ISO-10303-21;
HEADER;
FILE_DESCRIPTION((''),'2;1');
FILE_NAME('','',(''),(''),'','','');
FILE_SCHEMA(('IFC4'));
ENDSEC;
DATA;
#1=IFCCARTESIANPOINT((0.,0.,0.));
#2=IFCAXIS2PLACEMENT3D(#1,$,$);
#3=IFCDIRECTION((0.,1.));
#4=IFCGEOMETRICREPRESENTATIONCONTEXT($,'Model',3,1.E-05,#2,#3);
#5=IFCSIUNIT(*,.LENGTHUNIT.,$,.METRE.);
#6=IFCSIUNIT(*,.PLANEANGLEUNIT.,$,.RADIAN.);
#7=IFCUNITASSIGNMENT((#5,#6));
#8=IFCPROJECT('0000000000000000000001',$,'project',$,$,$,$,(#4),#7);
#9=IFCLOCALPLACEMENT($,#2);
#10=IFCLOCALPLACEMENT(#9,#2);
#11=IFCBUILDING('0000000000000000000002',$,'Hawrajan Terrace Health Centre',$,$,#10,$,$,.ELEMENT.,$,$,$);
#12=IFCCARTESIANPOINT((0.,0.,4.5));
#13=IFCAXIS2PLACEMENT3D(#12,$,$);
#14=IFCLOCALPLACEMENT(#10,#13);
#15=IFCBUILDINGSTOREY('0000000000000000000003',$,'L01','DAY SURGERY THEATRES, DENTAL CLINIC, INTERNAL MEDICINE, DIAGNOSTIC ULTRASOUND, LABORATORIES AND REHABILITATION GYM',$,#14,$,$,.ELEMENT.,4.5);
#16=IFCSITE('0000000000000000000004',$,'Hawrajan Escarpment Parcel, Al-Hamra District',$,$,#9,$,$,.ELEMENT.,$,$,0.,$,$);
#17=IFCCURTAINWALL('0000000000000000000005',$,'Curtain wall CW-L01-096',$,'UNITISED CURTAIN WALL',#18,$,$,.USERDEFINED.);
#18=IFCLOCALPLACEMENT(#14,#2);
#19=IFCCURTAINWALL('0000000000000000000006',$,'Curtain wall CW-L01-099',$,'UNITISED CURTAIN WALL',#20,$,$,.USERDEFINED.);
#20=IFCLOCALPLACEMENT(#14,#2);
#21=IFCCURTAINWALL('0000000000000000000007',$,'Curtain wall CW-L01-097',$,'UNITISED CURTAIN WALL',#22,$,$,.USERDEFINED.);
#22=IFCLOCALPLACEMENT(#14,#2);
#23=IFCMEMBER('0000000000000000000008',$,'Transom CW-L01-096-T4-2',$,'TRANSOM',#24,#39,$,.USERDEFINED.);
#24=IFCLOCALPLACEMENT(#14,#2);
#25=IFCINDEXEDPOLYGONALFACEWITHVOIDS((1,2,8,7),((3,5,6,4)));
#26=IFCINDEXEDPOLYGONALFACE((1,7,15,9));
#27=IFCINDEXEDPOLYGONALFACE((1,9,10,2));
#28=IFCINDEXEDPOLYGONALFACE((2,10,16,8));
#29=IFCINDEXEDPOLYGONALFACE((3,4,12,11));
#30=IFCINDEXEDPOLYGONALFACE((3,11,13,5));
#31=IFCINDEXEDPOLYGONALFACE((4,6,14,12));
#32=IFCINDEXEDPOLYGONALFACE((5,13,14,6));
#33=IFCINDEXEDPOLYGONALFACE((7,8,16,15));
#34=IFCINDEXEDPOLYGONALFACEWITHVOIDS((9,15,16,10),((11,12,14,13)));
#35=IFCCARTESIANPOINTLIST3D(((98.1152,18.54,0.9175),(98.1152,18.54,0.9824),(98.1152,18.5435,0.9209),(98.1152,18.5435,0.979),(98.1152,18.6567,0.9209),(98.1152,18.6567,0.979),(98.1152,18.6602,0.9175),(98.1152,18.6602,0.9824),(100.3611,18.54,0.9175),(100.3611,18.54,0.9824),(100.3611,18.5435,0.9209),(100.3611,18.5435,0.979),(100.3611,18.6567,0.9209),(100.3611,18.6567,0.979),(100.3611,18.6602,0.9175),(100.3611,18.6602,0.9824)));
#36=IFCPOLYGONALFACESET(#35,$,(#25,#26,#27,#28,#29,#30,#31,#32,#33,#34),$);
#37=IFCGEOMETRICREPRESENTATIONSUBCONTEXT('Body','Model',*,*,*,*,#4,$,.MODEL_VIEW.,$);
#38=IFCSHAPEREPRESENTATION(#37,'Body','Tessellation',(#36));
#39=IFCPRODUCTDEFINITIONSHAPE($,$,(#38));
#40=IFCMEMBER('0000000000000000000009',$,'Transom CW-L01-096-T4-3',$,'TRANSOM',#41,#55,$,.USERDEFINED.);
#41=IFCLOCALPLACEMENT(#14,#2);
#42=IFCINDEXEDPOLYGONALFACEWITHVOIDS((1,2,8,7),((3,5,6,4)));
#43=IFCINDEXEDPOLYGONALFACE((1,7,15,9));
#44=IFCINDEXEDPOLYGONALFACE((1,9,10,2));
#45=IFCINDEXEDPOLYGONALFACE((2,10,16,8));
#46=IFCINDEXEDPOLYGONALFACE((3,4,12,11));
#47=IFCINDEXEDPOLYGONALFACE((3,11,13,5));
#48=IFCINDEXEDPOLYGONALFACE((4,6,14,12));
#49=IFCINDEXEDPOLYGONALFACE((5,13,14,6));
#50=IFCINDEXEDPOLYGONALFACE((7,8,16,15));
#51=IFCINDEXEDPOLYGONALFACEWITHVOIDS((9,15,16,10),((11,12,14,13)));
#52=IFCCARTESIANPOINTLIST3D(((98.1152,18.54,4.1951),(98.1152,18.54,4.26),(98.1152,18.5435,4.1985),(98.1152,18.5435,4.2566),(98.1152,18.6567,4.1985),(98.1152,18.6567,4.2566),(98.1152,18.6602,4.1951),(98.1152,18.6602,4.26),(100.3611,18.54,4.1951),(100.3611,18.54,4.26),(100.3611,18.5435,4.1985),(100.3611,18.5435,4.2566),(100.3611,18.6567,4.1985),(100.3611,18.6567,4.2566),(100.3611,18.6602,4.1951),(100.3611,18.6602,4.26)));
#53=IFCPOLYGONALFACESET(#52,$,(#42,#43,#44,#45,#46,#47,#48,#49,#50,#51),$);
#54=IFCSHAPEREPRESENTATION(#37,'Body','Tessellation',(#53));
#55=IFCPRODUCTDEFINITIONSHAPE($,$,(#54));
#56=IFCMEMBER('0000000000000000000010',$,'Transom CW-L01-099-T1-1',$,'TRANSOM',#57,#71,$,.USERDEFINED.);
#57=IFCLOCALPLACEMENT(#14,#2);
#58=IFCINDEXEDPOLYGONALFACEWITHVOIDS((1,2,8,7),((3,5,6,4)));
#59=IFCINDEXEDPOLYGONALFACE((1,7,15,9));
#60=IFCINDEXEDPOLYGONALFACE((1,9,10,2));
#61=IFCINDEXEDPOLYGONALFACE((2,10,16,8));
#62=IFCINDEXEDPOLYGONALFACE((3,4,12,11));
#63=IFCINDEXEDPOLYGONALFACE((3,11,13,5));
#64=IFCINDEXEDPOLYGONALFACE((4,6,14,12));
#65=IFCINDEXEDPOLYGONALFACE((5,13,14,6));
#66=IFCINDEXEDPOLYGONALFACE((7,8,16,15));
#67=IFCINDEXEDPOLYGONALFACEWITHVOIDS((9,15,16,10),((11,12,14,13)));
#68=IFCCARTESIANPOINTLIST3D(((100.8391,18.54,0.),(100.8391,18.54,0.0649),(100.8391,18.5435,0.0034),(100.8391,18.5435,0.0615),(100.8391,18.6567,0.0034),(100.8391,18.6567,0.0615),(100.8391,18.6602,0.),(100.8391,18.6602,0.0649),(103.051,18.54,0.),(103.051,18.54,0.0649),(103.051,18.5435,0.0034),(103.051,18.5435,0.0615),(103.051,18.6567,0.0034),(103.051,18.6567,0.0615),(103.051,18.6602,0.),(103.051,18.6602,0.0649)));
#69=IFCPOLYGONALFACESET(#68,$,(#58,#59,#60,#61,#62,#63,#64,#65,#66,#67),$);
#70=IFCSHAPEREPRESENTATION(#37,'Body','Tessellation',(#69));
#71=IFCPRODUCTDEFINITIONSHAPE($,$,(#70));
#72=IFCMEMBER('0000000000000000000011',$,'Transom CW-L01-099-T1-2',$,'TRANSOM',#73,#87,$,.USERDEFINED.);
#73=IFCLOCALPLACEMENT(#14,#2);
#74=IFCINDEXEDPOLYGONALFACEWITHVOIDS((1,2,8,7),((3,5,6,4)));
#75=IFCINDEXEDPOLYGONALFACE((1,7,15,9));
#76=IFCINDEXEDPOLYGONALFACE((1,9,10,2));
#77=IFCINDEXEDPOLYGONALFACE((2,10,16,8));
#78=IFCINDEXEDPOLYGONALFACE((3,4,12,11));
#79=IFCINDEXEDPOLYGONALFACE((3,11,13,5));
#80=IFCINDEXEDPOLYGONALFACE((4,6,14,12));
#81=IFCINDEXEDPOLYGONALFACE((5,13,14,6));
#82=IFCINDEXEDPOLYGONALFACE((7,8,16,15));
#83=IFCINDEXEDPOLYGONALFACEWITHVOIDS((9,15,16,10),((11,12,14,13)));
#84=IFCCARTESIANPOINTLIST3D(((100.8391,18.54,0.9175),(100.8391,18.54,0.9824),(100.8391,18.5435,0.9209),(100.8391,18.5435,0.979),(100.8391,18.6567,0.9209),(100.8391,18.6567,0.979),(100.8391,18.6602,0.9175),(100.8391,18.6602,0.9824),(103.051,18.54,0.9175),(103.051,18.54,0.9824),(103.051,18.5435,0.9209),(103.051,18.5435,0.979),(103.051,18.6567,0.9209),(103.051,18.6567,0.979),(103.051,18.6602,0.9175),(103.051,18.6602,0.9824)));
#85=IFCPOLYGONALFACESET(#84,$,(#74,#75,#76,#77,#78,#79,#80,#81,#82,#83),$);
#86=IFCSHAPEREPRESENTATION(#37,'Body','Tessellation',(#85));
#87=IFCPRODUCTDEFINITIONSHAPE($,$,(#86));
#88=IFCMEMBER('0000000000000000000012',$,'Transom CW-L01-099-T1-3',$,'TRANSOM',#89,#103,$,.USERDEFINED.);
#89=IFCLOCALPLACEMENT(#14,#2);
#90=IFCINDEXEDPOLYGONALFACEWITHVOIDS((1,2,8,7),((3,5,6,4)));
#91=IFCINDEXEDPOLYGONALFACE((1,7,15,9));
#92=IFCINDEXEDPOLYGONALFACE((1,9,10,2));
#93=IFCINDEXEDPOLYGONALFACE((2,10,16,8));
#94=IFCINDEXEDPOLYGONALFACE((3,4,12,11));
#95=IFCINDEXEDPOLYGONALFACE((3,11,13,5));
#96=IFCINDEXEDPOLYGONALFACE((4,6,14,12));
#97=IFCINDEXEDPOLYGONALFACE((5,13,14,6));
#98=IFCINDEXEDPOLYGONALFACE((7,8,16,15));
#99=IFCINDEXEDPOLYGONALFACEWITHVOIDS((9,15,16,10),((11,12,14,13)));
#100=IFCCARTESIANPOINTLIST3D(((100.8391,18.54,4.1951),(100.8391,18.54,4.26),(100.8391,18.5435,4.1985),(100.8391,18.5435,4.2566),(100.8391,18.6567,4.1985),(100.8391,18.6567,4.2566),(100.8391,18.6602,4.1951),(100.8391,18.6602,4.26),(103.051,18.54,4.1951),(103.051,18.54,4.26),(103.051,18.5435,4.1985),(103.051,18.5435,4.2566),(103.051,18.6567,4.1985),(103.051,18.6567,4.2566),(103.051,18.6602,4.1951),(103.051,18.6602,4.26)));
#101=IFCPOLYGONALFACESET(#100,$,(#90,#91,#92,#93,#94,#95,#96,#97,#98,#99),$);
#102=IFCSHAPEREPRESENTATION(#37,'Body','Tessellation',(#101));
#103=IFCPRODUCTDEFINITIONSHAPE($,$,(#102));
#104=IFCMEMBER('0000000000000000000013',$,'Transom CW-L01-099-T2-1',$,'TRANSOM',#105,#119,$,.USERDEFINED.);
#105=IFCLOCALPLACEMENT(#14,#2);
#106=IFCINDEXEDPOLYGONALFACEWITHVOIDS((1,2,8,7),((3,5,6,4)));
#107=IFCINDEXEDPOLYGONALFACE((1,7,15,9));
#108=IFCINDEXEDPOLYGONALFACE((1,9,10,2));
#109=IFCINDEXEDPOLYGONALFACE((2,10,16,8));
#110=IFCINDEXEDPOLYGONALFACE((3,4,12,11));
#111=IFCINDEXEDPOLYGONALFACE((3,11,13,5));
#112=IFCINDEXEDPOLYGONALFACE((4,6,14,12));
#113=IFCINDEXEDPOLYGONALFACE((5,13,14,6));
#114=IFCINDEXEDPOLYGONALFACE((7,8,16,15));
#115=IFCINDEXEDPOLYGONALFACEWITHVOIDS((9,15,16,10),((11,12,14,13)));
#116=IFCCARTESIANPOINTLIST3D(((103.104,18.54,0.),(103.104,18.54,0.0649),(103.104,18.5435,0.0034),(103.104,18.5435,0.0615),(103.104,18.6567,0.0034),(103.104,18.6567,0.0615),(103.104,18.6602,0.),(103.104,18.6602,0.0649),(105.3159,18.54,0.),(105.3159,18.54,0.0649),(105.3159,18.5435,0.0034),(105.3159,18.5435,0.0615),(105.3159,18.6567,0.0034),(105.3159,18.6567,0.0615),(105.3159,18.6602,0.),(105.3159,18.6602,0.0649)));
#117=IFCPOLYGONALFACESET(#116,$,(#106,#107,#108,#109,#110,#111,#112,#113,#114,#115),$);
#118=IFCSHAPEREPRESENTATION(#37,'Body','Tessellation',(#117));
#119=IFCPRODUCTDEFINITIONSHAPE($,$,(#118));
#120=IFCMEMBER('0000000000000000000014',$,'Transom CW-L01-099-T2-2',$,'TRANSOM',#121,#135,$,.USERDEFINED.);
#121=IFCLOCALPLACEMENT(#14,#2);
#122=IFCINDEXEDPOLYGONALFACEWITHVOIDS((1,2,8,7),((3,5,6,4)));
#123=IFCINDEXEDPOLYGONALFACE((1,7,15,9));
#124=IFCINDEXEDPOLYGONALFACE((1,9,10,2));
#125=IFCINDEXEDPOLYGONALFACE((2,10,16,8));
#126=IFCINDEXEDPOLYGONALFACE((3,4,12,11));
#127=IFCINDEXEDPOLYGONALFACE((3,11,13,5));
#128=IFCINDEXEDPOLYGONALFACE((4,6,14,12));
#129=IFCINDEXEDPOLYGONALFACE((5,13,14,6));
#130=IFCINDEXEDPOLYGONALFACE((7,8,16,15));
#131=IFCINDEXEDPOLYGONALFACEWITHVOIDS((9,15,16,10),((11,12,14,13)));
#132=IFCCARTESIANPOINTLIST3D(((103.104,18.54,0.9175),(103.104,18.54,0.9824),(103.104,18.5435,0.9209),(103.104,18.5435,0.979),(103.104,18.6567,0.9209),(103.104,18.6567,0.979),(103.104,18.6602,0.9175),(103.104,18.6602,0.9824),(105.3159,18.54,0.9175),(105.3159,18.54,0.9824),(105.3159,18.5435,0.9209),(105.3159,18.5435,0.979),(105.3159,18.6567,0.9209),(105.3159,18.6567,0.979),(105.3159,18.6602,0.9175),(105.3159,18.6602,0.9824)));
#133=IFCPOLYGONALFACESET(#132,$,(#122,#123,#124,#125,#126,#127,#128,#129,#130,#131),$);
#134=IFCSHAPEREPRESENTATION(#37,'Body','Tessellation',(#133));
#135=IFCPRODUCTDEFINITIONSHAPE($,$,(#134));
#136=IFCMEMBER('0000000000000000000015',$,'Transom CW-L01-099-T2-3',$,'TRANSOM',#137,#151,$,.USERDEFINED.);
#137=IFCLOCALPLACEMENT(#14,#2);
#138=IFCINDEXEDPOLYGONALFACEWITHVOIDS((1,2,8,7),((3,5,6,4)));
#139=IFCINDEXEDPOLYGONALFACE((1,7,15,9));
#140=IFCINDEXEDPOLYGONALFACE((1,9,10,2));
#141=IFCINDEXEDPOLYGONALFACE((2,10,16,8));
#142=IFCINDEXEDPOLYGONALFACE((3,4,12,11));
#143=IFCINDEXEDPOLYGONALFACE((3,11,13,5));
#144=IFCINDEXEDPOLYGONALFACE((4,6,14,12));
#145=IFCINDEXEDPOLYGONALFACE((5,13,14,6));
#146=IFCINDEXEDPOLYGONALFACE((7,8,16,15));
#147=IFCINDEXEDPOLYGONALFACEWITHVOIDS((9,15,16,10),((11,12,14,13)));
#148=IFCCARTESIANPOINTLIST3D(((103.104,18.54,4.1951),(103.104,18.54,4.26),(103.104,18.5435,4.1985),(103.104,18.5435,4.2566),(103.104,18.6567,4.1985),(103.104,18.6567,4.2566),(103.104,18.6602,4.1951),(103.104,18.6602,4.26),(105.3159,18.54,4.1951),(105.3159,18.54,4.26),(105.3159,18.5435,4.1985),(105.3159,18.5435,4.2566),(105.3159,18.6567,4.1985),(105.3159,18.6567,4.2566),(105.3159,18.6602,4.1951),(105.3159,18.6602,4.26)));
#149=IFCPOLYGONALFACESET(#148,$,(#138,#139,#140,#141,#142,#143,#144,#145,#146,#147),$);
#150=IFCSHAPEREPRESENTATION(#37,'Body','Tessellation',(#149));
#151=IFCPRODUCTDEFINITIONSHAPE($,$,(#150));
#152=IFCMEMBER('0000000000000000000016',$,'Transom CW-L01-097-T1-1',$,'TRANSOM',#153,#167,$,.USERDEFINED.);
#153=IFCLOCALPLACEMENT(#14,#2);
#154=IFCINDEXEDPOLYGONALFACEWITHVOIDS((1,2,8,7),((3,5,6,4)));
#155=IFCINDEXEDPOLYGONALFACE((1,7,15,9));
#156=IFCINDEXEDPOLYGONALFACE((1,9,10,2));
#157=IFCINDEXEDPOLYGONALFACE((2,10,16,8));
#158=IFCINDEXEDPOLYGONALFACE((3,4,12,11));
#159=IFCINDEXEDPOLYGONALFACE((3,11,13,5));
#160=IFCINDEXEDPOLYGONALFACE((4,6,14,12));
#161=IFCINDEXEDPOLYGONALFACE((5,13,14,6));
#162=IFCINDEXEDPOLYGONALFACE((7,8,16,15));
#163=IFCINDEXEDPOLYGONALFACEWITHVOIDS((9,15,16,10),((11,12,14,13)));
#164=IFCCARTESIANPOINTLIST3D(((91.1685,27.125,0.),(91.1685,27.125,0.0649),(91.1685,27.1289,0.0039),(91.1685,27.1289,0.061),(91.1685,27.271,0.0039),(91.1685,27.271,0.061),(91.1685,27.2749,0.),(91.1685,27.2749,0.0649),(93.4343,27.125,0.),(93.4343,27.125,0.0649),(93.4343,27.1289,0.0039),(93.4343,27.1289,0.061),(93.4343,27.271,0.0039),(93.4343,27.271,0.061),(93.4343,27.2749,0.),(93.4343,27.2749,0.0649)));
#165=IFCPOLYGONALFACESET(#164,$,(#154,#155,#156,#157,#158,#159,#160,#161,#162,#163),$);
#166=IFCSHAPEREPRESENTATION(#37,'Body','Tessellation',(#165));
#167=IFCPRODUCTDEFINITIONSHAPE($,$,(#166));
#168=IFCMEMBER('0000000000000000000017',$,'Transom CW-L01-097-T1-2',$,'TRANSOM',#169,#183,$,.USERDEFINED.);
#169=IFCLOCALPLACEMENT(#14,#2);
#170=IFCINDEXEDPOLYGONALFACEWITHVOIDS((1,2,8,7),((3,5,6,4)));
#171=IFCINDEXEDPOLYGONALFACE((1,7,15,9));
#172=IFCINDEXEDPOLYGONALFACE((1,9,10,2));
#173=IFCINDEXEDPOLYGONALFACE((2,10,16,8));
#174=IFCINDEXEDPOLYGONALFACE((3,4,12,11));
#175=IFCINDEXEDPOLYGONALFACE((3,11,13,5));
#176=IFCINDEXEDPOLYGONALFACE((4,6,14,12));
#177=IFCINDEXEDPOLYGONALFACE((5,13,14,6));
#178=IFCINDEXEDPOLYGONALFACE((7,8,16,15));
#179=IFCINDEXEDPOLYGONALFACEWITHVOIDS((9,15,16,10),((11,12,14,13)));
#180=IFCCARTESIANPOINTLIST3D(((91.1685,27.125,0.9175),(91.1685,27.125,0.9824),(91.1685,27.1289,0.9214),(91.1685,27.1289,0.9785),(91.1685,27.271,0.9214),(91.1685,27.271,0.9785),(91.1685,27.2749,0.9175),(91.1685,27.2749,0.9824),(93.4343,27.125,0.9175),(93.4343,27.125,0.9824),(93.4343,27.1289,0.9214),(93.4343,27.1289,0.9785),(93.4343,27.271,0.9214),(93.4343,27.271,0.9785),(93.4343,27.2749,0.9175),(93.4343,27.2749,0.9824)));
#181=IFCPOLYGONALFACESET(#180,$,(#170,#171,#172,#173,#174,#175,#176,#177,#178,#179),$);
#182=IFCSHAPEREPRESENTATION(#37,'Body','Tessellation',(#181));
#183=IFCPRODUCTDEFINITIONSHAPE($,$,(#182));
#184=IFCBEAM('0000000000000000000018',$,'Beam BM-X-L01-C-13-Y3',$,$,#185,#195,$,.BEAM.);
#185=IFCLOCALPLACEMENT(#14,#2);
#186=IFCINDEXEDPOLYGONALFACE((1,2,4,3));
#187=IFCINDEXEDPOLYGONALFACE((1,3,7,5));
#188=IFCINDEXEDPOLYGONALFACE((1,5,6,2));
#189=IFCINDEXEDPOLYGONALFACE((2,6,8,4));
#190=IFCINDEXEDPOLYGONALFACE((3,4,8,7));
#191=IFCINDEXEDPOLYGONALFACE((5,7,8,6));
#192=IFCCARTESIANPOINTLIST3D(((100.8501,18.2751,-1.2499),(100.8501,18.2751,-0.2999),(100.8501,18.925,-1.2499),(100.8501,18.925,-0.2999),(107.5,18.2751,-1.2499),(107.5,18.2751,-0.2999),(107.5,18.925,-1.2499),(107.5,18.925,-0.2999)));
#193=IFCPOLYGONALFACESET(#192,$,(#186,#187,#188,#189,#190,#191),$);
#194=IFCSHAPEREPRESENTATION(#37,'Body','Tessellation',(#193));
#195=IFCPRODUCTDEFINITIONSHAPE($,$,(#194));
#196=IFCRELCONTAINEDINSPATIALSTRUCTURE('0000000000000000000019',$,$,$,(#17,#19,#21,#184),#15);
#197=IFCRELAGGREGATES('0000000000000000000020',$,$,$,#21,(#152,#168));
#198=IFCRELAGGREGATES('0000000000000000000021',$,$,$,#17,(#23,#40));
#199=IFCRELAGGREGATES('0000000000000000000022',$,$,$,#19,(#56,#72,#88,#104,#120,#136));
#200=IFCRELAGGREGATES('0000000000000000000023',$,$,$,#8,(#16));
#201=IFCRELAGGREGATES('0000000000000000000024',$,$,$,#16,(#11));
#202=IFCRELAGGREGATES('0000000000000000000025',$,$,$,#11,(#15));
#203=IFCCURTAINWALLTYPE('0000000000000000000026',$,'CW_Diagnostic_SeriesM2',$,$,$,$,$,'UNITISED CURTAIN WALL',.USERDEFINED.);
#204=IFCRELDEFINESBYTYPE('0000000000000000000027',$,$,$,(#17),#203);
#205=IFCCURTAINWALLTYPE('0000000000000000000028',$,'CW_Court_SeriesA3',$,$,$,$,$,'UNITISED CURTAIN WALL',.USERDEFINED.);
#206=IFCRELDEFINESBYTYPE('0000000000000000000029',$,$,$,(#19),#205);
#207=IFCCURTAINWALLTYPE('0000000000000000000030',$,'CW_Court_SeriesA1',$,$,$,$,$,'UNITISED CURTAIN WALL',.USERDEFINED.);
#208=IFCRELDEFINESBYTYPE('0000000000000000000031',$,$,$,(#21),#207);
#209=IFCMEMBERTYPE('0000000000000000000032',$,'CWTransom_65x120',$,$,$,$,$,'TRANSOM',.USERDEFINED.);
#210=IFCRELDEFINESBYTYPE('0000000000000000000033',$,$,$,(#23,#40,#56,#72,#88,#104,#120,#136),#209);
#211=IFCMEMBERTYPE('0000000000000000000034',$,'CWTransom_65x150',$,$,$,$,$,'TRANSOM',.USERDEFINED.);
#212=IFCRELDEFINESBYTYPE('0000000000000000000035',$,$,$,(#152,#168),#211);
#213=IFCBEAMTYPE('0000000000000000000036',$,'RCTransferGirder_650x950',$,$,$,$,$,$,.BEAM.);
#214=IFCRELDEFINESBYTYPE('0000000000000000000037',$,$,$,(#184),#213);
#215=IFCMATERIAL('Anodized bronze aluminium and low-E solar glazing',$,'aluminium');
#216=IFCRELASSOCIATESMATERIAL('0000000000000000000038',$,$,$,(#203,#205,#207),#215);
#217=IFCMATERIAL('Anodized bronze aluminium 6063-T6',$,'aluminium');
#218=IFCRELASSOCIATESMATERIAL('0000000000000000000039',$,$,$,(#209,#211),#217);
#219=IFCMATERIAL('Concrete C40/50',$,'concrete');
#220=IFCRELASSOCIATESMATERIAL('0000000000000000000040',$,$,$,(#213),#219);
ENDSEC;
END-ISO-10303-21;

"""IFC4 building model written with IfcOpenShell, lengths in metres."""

from ifc_helpers import new_model, si_unit, direction, frame, origin, origin_2d, place, context, subcontext, project, spatial, rectangle, hollow_rectangle, extrude, material, material_profile, profile_set, type_object, element, aggregate, save


model = new_model("IFC4")

# Units and contexts
model_context = context("Model", 3, precision=1e-05, world=origin(), true_north=direction((0.0, 1.0)))
body_context = subcontext(model_context, "Body", "Model", "MODEL_VIEW")
ifc_project = project(units=[si_unit("LENGTHUNIT", "METRE"), si_unit("PLANEANGLEUNIT", "RADIAN")], contexts=[model_context])

# Site, building, storey
site_placement = place(None, origin())
site = spatial("IfcSite", under=ifc_project, at=site_placement, Name="Hawrajan Escarpment Parcel, Al-Hamra District", CompositionType="ELEMENT", RefElevation=0.0)
building_placement = place(site_placement, origin())
building = spatial("IfcBuilding", under=site, at=building_placement, Name="Hawrajan Terrace Health Centre", CompositionType="ELEMENT")
storey_placement = place(building_placement, frame((0.0, 0.0, 4.5)))
storey = spatial("IfcBuildingStorey", under=building, at=storey_placement, Name="L01", Description="DAY SURGERY THEATRES, DENTAL CLINIC, INTERNAL MEDICINE, DIAGNOSTIC ULTRASOUND, LABORATORIES AND REHABILITATION GYM", CompositionType="ELEMENT", Elevation=4.5)

# Curtain walls
ifc_material_1 = material(Name="Anodized bronze aluminium and low-E solar glazing", Category="aluminium")
curtain_wall_type_1 = type_object("IfcCurtainWallType", Name="CW_Diagnostic_SeriesM2", ElementType="UNITISED CURTAIN WALL", PredefinedType="USERDEFINED", material=ifc_material_1)
curtain_wall_1_placement = place(storey_placement, origin())
curtain_wall_1 = element("IfcCurtainWall", 1, at=curtain_wall_1_placement, inside=storey, type_object=curtain_wall_type_1, Name="Curtain wall CW-L01-096", ObjectType="UNITISED CURTAIN WALL", PredefinedType="USERDEFINED")
ifc_material_2 = material(Name="Anodized bronze aluminium 6063-T6", Category="aluminium")
curtain_wall_type_2 = type_object("IfcCurtainWallType", Name="CW_Court_SeriesA3", ElementType="UNITISED CURTAIN WALL", PredefinedType="USERDEFINED", material=ifc_material_1)
curtain_wall_2_placement = place(storey_placement, origin())
curtain_wall_2 = element("IfcCurtainWall", 2, at=curtain_wall_2_placement, inside=storey, type_object=curtain_wall_type_2, Name="Curtain wall CW-L01-099", ObjectType="UNITISED CURTAIN WALL", PredefinedType="USERDEFINED")

# Curtain wall
curtain_wall_type_3 = type_object("IfcCurtainWallType", Name="CW_Court_SeriesA1", ElementType="UNITISED CURTAIN WALL", PredefinedType="USERDEFINED", material=ifc_material_1)
curtain_wall_3_placement = place(storey_placement, origin())
curtain_wall_3 = element("IfcCurtainWall", 3, at=curtain_wall_3_placement, inside=storey, type_object=curtain_wall_type_3, Name="Curtain wall CW-L01-097", ObjectType="UNITISED CURTAIN WALL", PredefinedType="USERDEFINED")

# Members
ifc_material_profile_1 = material_profile(ifc_material_2, hollow_rectangle(XDim=0.0649, YDim=0.1201, WallThickness=0.0034, at=origin_2d()), Name="CW TRN 65x120")
ifc_profile_set_1 = profile_set([ifc_material_profile_1], Name="Anodized bronze aluminium 6063-T6")
member_type_1 = type_object("IfcMemberType", Name="CWTransom_65x120", ElementType="TRANSOM", PredefinedType="USERDEFINED", material=ifc_profile_set_1)
member_1_placement = place(storey_placement, frame((98.1152, 18.6001, 0.95), z_axis=(1.0, 0.0, 0.0), x_axis=(0.0, 0.0, 1.0)))
member_1 = element("IfcMember", 4, at=member_1_placement, type_object=member_type_1, Name="Transom CW-L01-096-T4-2", ObjectType="TRANSOM", PredefinedType="USERDEFINED", context=body_context, shape_type="SweptSolid", body=[
    extrude(hollow_rectangle(XDim=0.0649, YDim=0.1201, WallThickness=0.0034, at=origin_2d()), origin(), (0.0, 0.0, 1.0), 2.2458),
])
member_2_placement = place(storey_placement, frame((98.1152, 18.6001, 4.2275), z_axis=(1.0, 0.0, 0.0), x_axis=(0.0, 0.0, 1.0)))
member_2 = element("IfcMember", 5, at=member_2_placement, type_object=member_type_1, Name="Transom CW-L01-096-T4-3", ObjectType="TRANSOM", PredefinedType="USERDEFINED", context=body_context, shape_type="SweptSolid", body=[
    extrude(hollow_rectangle(XDim=0.0649, YDim=0.1201, WallThickness=0.0034, at=origin_2d()), origin(), (0.0, 0.0, 1.0), 2.2458),
])
member_3_placement = place(storey_placement, frame((100.8391, 18.6001, 0.0325), z_axis=(1.0, 0.0, 0.0), x_axis=(0.0, 0.0, 1.0)))
member_3 = element("IfcMember", 6, at=member_3_placement, type_object=member_type_1, Name="Transom CW-L01-099-T1-1", ObjectType="TRANSOM", PredefinedType="USERDEFINED", context=body_context, shape_type="SweptSolid", body=[
    extrude(hollow_rectangle(XDim=0.0649, YDim=0.1201, WallThickness=0.0034, at=origin_2d()), origin(), (0.0, 0.0, 1.0), 2.2119),
])
member_4_placement = place(storey_placement, frame((100.8391, 18.6001, 0.95), z_axis=(1.0, 0.0, 0.0), x_axis=(0.0, 0.0, 1.0)))
member_4 = element("IfcMember", 7, at=member_4_placement, type_object=member_type_1, Name="Transom CW-L01-099-T1-2", ObjectType="TRANSOM", PredefinedType="USERDEFINED", context=body_context, shape_type="SweptSolid", body=[
    extrude(hollow_rectangle(XDim=0.0649, YDim=0.1201, WallThickness=0.0034, at=origin_2d()), origin(), (0.0, 0.0, 1.0), 2.2119),
])
member_5_placement = place(storey_placement, frame((100.8391, 18.6001, 4.2275), z_axis=(1.0, 0.0, 0.0), x_axis=(0.0, 0.0, 1.0)))
member_5 = element("IfcMember", 8, at=member_5_placement, type_object=member_type_1, Name="Transom CW-L01-099-T1-3", ObjectType="TRANSOM", PredefinedType="USERDEFINED", context=body_context, shape_type="SweptSolid", body=[
    extrude(hollow_rectangle(XDim=0.0649, YDim=0.1201, WallThickness=0.0034, at=origin_2d()), origin(), (0.0, 0.0, 1.0), 2.2119),
])
member_6_placement = place(storey_placement, frame((103.104, 18.6001, 0.0325), z_axis=(1.0, 0.0, 0.0), x_axis=(0.0, 0.0, 1.0)))
member_6 = element("IfcMember", 9, at=member_6_placement, type_object=member_type_1, Name="Transom CW-L01-099-T2-1", ObjectType="TRANSOM", PredefinedType="USERDEFINED", context=body_context, shape_type="SweptSolid", body=[
    extrude(hollow_rectangle(XDim=0.0649, YDim=0.1201, WallThickness=0.0034, at=origin_2d()), origin(), (0.0, 0.0, 1.0), 2.2119),
])
member_7_placement = place(storey_placement, frame((103.104, 18.6001, 0.95), z_axis=(1.0, 0.0, 0.0), x_axis=(0.0, 0.0, 1.0)))
member_7 = element("IfcMember", 10, at=member_7_placement, type_object=member_type_1, Name="Transom CW-L01-099-T2-2", ObjectType="TRANSOM", PredefinedType="USERDEFINED", context=body_context, shape_type="SweptSolid", body=[
    extrude(hollow_rectangle(XDim=0.0649, YDim=0.1201, WallThickness=0.0034, at=origin_2d()), origin(), (0.0, 0.0, 1.0), 2.2119),
])
member_8_placement = place(storey_placement, frame((103.104, 18.6001, 4.2275), z_axis=(1.0, 0.0, 0.0), x_axis=(0.0, 0.0, 1.0)))
member_8 = element("IfcMember", 11, at=member_8_placement, type_object=member_type_1, Name="Transom CW-L01-099-T2-3", ObjectType="TRANSOM", PredefinedType="USERDEFINED", context=body_context, shape_type="SweptSolid", body=[
    extrude(hollow_rectangle(XDim=0.0649, YDim=0.1201, WallThickness=0.0034, at=origin_2d()), origin(), (0.0, 0.0, 1.0), 2.2119),
])
ifc_material_profile_2 = material_profile(ifc_material_2, hollow_rectangle(XDim=0.0649, YDim=0.1499, WallThickness=0.0039, at=origin_2d()), Name="CW TRN 65x150")
ifc_profile_set_2 = profile_set([ifc_material_profile_2], Name="Anodized bronze aluminium 6063-T6")
member_type_2 = type_object("IfcMemberType", Name="CWTransom_65x150", ElementType="TRANSOM", PredefinedType="USERDEFINED", material=ifc_profile_set_2)
member_9_placement = place(storey_placement, frame((91.1685, 27.2, 0.0325), z_axis=(1.0, 0.0, 0.0), x_axis=(0.0, 0.0, 1.0)))
member_9 = element("IfcMember", 12, at=member_9_placement, type_object=member_type_2, Name="Transom CW-L01-097-T1-1", ObjectType="TRANSOM", PredefinedType="USERDEFINED", context=body_context, shape_type="SweptSolid", body=[
    extrude(hollow_rectangle(XDim=0.0649, YDim=0.1499, WallThickness=0.0039, at=origin_2d()), origin(), (0.0, 0.0, 1.0), 2.2659),
])
member_10_placement = place(storey_placement, frame((91.1685, 27.2, 0.95), z_axis=(1.0, 0.0, 0.0), x_axis=(0.0, 0.0, 1.0)))
member_10 = element("IfcMember", 13, at=member_10_placement, type_object=member_type_2, Name="Transom CW-L01-097-T1-2", ObjectType="TRANSOM", PredefinedType="USERDEFINED", context=body_context, shape_type="SweptSolid", body=[
    extrude(hollow_rectangle(XDim=0.0649, YDim=0.1499, WallThickness=0.0039, at=origin_2d()), origin(), (0.0, 0.0, 1.0), 2.2659),
])
aggregate(curtain_wall_3, [member_9, member_10])

# Beam
ifc_material_3 = material(Name="Concrete C40/50", Category="concrete")
ifc_material_profile_3 = material_profile(ifc_material_3, rectangle(XDim=0.6499, YDim=0.95, at=origin_2d()), Name="RC TG 650x950")
ifc_profile_set_3 = profile_set([ifc_material_profile_3], Name="Concrete C40/50")
beam_type = type_object("IfcBeamType", Name="RCTransferGirder_650x950", PredefinedType="BEAM", material=ifc_profile_set_3)
beam_placement = place(storey_placement, frame((100.8501, 18.6001, -0.7749), z_axis=(1.0, 0.0, 0.0), x_axis=(0.0, 1.0, 0.0)))
element("IfcBeam", 14, at=beam_placement, inside=storey, type_object=beam_type, Name="Beam BM-X-L01-C-13-Y3", PredefinedType="BEAM", context=body_context, shape_type="SweptSolid", body=[
    extrude(rectangle(XDim=0.6499, YDim=0.95, at=origin_2d()), origin(), (0.0, 0.0, 1.0), 6.6499),
])

aggregate(curtain_wall_1, [member_1, member_2])
aggregate(curtain_wall_2, [member_3, member_4, member_5, member_6, member_7, member_8])

save(model, "model.ifc")
